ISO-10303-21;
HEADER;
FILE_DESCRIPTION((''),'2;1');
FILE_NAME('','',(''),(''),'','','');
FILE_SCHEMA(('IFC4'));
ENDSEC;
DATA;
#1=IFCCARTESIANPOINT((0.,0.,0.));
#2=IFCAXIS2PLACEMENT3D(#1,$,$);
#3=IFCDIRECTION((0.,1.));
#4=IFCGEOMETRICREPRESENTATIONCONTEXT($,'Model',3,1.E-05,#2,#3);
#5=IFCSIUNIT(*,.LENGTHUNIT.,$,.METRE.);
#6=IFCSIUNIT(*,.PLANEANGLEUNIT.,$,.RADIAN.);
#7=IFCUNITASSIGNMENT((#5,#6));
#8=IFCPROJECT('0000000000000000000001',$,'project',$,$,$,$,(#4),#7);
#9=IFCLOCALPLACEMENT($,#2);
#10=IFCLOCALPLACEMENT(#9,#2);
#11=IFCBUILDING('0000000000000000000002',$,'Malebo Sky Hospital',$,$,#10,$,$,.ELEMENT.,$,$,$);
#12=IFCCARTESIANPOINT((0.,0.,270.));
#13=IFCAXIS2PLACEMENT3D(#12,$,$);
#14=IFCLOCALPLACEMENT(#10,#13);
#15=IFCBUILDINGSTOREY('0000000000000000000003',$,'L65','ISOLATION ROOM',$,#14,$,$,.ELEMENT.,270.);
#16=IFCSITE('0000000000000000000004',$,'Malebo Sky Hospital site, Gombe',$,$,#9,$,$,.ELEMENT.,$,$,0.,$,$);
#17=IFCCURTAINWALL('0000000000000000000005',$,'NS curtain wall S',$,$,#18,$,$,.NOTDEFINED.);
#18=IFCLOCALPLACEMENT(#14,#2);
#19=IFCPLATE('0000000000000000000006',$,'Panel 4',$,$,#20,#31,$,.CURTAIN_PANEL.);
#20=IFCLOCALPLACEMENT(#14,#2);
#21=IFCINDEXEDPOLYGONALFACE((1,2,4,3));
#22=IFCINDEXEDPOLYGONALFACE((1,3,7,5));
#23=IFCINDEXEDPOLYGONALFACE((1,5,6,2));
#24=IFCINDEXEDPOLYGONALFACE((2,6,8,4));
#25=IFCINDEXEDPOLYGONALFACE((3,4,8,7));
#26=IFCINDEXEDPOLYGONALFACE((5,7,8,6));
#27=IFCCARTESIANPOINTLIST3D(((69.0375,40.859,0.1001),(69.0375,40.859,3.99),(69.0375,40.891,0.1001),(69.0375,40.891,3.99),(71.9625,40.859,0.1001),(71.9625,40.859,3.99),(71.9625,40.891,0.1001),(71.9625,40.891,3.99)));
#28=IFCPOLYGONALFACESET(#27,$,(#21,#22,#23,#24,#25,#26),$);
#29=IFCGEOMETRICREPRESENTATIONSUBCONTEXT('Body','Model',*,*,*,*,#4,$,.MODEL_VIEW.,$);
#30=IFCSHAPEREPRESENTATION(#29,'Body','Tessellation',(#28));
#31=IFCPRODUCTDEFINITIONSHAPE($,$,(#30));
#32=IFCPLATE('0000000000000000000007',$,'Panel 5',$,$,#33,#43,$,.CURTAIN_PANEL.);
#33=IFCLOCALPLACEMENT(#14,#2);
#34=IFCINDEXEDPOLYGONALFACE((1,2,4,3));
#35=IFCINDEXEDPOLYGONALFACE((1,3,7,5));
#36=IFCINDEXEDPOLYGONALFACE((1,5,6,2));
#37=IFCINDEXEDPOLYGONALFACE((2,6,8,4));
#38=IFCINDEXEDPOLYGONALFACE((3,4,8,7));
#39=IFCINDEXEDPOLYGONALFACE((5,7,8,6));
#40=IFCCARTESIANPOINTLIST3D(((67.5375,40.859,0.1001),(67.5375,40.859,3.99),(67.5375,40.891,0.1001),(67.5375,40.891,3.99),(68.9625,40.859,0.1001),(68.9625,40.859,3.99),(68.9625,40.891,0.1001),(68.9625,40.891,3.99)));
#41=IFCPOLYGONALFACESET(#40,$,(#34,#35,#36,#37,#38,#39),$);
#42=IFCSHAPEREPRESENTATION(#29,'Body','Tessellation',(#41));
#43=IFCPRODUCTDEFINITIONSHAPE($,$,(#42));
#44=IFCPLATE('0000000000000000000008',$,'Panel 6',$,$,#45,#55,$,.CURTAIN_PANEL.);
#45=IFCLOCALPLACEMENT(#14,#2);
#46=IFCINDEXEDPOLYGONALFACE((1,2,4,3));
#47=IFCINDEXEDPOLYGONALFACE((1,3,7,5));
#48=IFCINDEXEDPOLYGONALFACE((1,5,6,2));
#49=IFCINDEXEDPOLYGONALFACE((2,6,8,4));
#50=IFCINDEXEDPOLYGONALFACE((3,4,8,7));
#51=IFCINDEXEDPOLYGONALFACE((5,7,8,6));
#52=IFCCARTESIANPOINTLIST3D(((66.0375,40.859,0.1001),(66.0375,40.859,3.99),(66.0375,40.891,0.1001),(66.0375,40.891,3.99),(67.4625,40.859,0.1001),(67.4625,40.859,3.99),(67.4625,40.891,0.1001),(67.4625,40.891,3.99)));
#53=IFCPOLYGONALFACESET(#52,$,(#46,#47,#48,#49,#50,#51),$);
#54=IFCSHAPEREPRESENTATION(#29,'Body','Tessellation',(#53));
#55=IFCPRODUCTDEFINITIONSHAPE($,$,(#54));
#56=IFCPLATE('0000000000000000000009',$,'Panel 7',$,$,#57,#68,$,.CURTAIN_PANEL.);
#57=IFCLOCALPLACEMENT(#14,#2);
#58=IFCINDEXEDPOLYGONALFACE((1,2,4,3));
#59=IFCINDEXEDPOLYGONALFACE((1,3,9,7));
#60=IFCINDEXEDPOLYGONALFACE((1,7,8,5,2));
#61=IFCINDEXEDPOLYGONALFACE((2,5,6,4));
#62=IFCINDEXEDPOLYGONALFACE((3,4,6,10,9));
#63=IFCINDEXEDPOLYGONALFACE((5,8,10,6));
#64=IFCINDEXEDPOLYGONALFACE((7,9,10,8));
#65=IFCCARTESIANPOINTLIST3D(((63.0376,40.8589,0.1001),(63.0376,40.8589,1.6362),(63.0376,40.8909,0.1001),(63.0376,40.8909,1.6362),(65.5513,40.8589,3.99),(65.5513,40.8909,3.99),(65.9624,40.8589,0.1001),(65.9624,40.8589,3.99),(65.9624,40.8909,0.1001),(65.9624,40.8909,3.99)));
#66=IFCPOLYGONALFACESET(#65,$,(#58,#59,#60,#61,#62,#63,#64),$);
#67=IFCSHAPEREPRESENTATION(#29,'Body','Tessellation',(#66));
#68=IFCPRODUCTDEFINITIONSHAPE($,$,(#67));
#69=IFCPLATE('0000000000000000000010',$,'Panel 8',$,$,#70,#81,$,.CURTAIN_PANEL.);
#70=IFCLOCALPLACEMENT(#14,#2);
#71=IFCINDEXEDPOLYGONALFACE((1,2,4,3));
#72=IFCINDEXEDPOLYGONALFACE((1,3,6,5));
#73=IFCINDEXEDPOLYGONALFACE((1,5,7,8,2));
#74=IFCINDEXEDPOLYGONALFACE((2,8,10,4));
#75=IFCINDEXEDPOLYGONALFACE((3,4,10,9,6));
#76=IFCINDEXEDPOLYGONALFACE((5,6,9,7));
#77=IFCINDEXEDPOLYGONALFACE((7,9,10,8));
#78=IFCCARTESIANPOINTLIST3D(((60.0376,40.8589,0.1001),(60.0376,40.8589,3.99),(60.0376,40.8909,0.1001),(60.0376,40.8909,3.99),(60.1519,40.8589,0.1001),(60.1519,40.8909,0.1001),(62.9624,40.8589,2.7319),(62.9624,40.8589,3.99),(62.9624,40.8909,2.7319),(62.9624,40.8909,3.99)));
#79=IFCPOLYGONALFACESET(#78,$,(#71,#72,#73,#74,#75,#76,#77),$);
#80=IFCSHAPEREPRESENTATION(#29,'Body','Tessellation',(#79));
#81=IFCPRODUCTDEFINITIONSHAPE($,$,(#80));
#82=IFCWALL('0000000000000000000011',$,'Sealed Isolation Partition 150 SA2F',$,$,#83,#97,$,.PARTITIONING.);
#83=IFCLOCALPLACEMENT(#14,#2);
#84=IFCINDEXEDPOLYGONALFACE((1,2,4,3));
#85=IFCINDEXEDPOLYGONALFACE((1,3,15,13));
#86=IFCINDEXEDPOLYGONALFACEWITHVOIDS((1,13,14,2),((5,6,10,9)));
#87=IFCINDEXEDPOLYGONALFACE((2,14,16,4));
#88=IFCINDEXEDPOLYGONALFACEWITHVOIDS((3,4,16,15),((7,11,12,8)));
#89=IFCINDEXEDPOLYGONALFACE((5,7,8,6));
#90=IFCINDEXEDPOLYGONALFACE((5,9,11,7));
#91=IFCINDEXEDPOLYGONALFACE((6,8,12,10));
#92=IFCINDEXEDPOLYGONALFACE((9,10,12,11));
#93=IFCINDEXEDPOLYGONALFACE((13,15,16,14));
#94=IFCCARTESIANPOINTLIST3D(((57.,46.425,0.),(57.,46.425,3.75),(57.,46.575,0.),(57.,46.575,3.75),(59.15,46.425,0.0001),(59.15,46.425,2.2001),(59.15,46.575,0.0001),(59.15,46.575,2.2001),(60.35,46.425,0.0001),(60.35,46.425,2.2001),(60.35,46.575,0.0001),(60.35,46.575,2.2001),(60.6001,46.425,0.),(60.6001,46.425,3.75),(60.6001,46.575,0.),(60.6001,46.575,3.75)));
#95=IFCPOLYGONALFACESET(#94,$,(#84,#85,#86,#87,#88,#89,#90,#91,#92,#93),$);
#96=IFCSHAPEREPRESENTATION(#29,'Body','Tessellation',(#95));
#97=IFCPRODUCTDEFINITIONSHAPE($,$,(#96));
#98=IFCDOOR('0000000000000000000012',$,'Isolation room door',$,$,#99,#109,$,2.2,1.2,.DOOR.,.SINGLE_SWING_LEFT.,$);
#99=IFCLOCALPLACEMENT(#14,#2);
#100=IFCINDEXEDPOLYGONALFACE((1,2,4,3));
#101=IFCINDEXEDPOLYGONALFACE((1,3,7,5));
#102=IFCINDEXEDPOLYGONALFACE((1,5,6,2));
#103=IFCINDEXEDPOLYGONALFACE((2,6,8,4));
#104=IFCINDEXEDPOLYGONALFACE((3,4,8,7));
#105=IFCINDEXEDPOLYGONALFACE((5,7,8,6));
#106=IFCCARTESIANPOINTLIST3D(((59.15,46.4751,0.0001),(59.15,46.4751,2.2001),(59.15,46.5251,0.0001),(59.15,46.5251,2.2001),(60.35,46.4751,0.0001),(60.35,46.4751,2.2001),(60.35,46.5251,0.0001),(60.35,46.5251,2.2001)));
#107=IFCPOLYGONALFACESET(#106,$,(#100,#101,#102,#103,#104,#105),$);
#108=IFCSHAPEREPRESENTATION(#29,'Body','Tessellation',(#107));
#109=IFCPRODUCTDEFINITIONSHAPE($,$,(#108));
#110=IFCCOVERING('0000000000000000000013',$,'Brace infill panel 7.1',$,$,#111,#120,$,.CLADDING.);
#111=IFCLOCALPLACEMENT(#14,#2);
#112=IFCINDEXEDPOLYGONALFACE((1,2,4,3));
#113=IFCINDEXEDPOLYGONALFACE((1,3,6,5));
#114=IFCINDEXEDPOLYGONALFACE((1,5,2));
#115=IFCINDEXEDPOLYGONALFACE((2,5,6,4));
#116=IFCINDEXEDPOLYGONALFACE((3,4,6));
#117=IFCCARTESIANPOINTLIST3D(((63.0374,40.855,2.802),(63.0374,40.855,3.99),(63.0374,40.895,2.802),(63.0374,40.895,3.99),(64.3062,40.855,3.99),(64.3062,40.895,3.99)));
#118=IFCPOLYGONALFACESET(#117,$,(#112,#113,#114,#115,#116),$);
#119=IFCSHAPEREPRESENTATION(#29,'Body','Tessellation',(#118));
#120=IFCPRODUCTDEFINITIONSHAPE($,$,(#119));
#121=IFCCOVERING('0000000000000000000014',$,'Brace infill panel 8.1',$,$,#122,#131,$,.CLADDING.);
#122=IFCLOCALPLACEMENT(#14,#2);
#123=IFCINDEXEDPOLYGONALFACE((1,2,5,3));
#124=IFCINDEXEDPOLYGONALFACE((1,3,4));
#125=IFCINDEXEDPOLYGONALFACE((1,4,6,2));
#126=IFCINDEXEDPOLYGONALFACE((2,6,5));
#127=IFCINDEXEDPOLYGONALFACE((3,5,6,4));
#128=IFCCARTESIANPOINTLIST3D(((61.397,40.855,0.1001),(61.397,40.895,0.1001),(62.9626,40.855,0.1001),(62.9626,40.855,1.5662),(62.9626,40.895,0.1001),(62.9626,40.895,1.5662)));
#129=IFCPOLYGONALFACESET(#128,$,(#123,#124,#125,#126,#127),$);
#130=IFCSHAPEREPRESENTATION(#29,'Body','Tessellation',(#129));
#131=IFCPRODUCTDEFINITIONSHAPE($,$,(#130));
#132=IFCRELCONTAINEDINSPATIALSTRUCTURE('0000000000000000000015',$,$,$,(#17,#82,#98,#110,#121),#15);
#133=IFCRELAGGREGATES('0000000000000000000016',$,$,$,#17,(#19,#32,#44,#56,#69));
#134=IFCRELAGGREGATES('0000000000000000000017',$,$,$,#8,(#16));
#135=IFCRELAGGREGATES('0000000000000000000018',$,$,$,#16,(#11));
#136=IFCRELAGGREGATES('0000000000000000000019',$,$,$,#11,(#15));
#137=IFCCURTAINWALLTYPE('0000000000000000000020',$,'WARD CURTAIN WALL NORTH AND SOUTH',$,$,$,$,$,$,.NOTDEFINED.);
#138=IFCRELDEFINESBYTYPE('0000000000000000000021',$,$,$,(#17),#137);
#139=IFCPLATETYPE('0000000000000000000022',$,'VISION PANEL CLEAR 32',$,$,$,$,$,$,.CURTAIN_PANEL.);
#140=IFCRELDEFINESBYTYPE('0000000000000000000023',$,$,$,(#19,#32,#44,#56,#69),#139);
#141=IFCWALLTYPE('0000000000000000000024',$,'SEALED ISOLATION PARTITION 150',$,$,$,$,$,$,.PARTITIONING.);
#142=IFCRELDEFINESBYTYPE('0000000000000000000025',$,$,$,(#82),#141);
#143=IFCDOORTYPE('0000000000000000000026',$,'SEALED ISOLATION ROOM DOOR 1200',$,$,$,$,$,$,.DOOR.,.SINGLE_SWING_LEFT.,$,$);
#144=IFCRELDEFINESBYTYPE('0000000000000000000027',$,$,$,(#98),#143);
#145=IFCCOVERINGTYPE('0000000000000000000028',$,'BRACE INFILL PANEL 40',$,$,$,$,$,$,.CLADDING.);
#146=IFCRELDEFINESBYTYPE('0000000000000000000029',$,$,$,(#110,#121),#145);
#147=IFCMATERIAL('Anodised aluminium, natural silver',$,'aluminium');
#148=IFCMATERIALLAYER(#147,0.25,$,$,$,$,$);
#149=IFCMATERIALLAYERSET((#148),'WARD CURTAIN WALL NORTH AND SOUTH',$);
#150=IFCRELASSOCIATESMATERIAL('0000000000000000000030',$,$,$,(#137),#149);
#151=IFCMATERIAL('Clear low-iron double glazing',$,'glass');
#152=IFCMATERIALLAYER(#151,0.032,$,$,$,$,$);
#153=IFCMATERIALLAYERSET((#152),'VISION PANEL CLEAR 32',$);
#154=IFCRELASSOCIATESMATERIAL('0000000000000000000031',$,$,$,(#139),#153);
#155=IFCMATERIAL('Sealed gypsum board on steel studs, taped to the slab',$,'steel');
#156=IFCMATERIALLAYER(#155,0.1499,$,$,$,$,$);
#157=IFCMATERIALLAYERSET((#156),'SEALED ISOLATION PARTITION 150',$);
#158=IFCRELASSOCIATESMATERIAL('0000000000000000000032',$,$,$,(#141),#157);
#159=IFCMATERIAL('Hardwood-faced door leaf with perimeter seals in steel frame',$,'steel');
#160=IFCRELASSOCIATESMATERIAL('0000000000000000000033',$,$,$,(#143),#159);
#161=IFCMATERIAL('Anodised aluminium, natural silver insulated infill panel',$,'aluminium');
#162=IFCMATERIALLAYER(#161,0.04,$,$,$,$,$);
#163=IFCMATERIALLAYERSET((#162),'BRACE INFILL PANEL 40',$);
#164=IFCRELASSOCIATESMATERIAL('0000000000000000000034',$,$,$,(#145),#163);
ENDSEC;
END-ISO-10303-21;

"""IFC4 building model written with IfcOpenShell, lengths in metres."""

from ifc_helpers import new_model, si_unit, direction, frame, frame_2d, origin, origin_2d, place, context, subcontext, project, spatial, polyline, rectangle, outline, extrude, material, layer, layer_set, type_object, element, fill, aggregate, save


model = new_model("IFC4")

# Units and contexts
model_context = context("Model", 3, precision=1e-05, world=origin(), true_north=direction((0.0, 1.0)))
body_context = subcontext(model_context, "Body", "Model", "MODEL_VIEW")
ifc_project = project(units=[si_unit("LENGTHUNIT", "METRE"), si_unit("PLANEANGLEUNIT", "RADIAN")], contexts=[model_context])

# Site, building, storey
site_placement = place(None, origin())
site = spatial("IfcSite", under=ifc_project, at=site_placement, Name="Malebo Sky Hospital site, Gombe", CompositionType="ELEMENT", RefElevation=0.0)
building_placement = place(site_placement, origin())
building = spatial("IfcBuilding", under=site, at=building_placement, Name="Malebo Sky Hospital", CompositionType="ELEMENT")
storey_placement = place(building_placement, frame((0.0, 0.0, 270.0)))
storey = spatial("IfcBuildingStorey", under=building, at=storey_placement, Name="L65", Description="ISOLATION ROOM", CompositionType="ELEMENT", Elevation=270.0)

# Curtain wall
ifc_material_1 = material(Name="Anodised aluminium, natural silver", Category="aluminium")
ifc_layer_1 = layer(ifc_material_1, 0.25)
ifc_layer_set_1 = layer_set([ifc_layer_1], Name="WARD CURTAIN WALL NORTH AND SOUTH")
curtain_wall_type = type_object("IfcCurtainWallType", Name="WARD CURTAIN WALL NORTH AND SOUTH", PredefinedType="NOTDEFINED", material=ifc_layer_set_1)
curtain_wall_placement = place(storey_placement, origin())
curtain_wall = element("IfcCurtainWall", 1, at=curtain_wall_placement, inside=storey, type_object=curtain_wall_type, Name="NS curtain wall S", PredefinedType="NOTDEFINED")

# Plates
ifc_material_2 = material(Name="Clear low-iron double glazing", Category="glass")
ifc_layer_2 = layer(ifc_material_2, 0.032)
ifc_layer_set_2 = layer_set([ifc_layer_2], Name="VISION PANEL CLEAR 32")
plate_type = type_object("IfcPlateType", Name="VISION PANEL CLEAR 32", PredefinedType="CURTAIN_PANEL", material=ifc_layer_set_2)
plate_1_placement = place(storey_placement, frame((70.5, 40.875, 0.1001), z_axis=(0.0, 0.0, 1.0), x_axis=(-1.0, 0.0, 0.0)))
plate_1 = element("IfcPlate", 2, at=plate_1_placement, type_object=plate_type, Name="Panel 4", PredefinedType="CURTAIN_PANEL", context=body_context, shape_type="SweptSolid", body=[
    extrude(rectangle(XDim=2.925, YDim=0.032, at=origin_2d()), origin(), (0.0, 0.0, 1.0), 3.8899),
])
plate_2_placement = place(storey_placement, frame((68.25, 40.875, 0.1001), z_axis=(0.0, 0.0, 1.0), x_axis=(-1.0, 0.0, 0.0)))
plate_2 = element("IfcPlate", 3, at=plate_2_placement, type_object=plate_type, Name="Panel 5", PredefinedType="CURTAIN_PANEL", context=body_context, shape_type="SweptSolid", body=[
    extrude(rectangle(XDim=1.425, YDim=0.032, at=origin_2d()), origin(), (0.0, 0.0, 1.0), 3.8899),
])
plate_3_placement = place(storey_placement, frame((66.75, 40.875, 0.1001), z_axis=(0.0, 0.0, 1.0), x_axis=(-1.0, 0.0, 0.0)))
plate_3 = element("IfcPlate", 4, at=plate_3_placement, type_object=plate_type, Name="Panel 6", PredefinedType="CURTAIN_PANEL", context=body_context, shape_type="SweptSolid", body=[
    extrude(rectangle(XDim=1.425, YDim=0.032, at=origin_2d()), origin(), (0.0, 0.0, 1.0), 3.8899),
])
plate_4_placement = place(storey_placement, frame((64.5, 40.875, 0.1001), z_axis=(0.0, 0.0, 1.0), x_axis=(-1.0, 0.0, 0.0)))
plate_4 = element("IfcPlate", 5, at=plate_4_placement, type_object=plate_type, Name="Panel 7", PredefinedType="CURTAIN_PANEL", context=body_context, shape_type="SweptSolid", body=[
    extrude(outline(polyline([(-1.4624, 0.0), (1.4624, 0.0), (1.4624, 1.5361), (-1.0513, 3.8899), (-1.4624, 3.8899), (-1.4624, 0.0)])), frame((0.0, 0.0161, 0.0), z_axis=(0.0, -1.0, 0.0), x_axis=(1.0, 0.0, 0.0)), (0.0, 0.0, 1.0), 0.032),
])
plate_5_placement = place(storey_placement, frame((61.5, 40.875, 0.1001), z_axis=(0.0, 0.0, 1.0), x_axis=(-1.0, 0.0, 0.0)))
plate_5 = element("IfcPlate", 6, at=plate_5_placement, type_object=plate_type, Name="Panel 8", PredefinedType="CURTAIN_PANEL", context=body_context, shape_type="SweptSolid", body=[
    extrude(outline(polyline([(1.3481, 0.0), (1.4624, 0.0), (1.4624, 3.8899), (-1.4624, 3.8899), (-1.4624, 2.6318), (1.3481, 0.0)])), frame((0.0, 0.0161, 0.0), z_axis=(0.0, -1.0, 0.0), x_axis=(1.0, 0.0, 0.0)), (0.0, 0.0, 1.0), 0.032),
])
aggregate(curtain_wall, [plate_1, plate_2, plate_3, plate_4, plate_5])

# Wall, opening, door
ifc_material_3 = material(Name="Sealed gypsum board on steel studs, taped to the slab", Category="steel")
ifc_layer_3 = layer(ifc_material_3, 0.1499)
ifc_layer_set_3 = layer_set([ifc_layer_3], Name="SEALED ISOLATION PARTITION 150")
wall_type = type_object("IfcWallType", Name="SEALED ISOLATION PARTITION 150", PredefinedType="PARTITIONING", material=ifc_layer_set_3)
wall_placement = place(storey_placement, frame((60.6001, 46.5, 0.0), z_axis=(0.0, 0.0, 1.0), x_axis=(-1.0, 0.0, 0.0)))
wall = element("IfcWall", 7, at=wall_placement, inside=storey, type_object=wall_type, Name="Sealed Isolation Partition 150 SA2F", PredefinedType="PARTITIONING", context=body_context, shape_type="SweptSolid", body=[
    extrude(rectangle(XDim=3.6001, YDim=0.1499, at=frame_2d((1.8, 0.0))), origin(), (0.0, 0.0, 1.0), 3.75),
])
opening_placement = place(wall_placement, frame((0.25, 0.0, 0.0)))
opening = element("IfcOpeningElement", 8, at=opening_placement, cuts=wall, PredefinedType="OPENING", context=body_context, shape_type="SweptSolid", body=[
    extrude(rectangle(XDim=1.2, YDim=2.2, at=frame_2d((0.6001, 1.1001))), frame((0.0, 0.085, 0.0), z_axis=(0.0, -1.0, 0.0), x_axis=(1.0, 0.0, 0.0)), (0.0, 0.0, 1.0), 0.1699),
])
ifc_material_4 = material(Name="Hardwood-faced door leaf with perimeter seals in steel frame", Category="steel")
door_type = type_object("IfcDoorType", Name="SEALED ISOLATION ROOM DOOR 1200", OperationType="SINGLE_SWING_LEFT", PredefinedType="DOOR", material=ifc_material_4)
door_placement = place(opening_placement, origin())
door = element("IfcDoor", 9, at=door_placement, inside=storey, type_object=door_type, Name="Isolation room door", OperationType="SINGLE_SWING_LEFT", OverallHeight=2.2, OverallWidth=1.2, PredefinedType="DOOR", context=body_context, shape_type="SweptSolid", body=[
    extrude(rectangle(XDim=1.2, YDim=2.2, at=frame_2d((0.6001, 1.1001))), frame((0.0, 0.0249, 0.0), z_axis=(0.0, -1.0, 0.0), x_axis=(1.0, 0.0, 0.0)), (0.0, 0.0, 1.0), 0.05),
])
fill(opening, door)

# Coverings
ifc_material_5 = material(Name="Anodised aluminium, natural silver insulated infill panel", Category="aluminium")
ifc_layer_4 = layer(ifc_material_5, 0.04)
ifc_layer_set_4 = layer_set([ifc_layer_4], Name="BRACE INFILL PANEL 40")
covering_type = type_object("IfcCoveringType", Name="BRACE INFILL PANEL 40", PredefinedType="CLADDING", material=ifc_layer_set_4)
covering_1_placement = place(storey_placement, frame((63.6719, 40.875, 2.802), z_axis=(0.0, 0.0, 1.0), x_axis=(-1.0, 0.0, 0.0)))
element("IfcCovering", 10, at=covering_1_placement, inside=storey, type_object=covering_type, Name="Brace infill panel 7.1", PredefinedType="CLADDING", context=body_context, shape_type="SweptSolid", body=[
    extrude(outline(polyline([(0.6345, 0.0), (0.6345, 1.188), (-0.6343, 1.188), (0.6345, 0.0)])), frame((0.0, 0.02, 0.0), z_axis=(0.0, -1.0, 0.0), x_axis=(1.0, 0.0, 0.0)), (0.0, 0.0, 1.0), 0.04),
])
covering_2_placement = place(storey_placement, frame((62.1797, 40.875, 0.1001), z_axis=(0.0, 0.0, 1.0), x_axis=(-1.0, 0.0, 0.0)))
element("IfcCovering", 11, at=covering_2_placement, inside=storey, type_object=covering_type, Name="Brace infill panel 8.1", PredefinedType="CLADDING", context=body_context, shape_type="SweptSolid", body=[
    extrude(outline(polyline([(-0.783, 0.0), (0.7827, 0.0), (-0.783, 1.4661), (-0.783, 0.0)])), frame((0.0, 0.02, 0.0), z_axis=(0.0, -1.0, 0.0), x_axis=(1.0, 0.0, 0.0)), (0.0, 0.0, 1.0), 0.04),
])

save(model, "model.ifc")
